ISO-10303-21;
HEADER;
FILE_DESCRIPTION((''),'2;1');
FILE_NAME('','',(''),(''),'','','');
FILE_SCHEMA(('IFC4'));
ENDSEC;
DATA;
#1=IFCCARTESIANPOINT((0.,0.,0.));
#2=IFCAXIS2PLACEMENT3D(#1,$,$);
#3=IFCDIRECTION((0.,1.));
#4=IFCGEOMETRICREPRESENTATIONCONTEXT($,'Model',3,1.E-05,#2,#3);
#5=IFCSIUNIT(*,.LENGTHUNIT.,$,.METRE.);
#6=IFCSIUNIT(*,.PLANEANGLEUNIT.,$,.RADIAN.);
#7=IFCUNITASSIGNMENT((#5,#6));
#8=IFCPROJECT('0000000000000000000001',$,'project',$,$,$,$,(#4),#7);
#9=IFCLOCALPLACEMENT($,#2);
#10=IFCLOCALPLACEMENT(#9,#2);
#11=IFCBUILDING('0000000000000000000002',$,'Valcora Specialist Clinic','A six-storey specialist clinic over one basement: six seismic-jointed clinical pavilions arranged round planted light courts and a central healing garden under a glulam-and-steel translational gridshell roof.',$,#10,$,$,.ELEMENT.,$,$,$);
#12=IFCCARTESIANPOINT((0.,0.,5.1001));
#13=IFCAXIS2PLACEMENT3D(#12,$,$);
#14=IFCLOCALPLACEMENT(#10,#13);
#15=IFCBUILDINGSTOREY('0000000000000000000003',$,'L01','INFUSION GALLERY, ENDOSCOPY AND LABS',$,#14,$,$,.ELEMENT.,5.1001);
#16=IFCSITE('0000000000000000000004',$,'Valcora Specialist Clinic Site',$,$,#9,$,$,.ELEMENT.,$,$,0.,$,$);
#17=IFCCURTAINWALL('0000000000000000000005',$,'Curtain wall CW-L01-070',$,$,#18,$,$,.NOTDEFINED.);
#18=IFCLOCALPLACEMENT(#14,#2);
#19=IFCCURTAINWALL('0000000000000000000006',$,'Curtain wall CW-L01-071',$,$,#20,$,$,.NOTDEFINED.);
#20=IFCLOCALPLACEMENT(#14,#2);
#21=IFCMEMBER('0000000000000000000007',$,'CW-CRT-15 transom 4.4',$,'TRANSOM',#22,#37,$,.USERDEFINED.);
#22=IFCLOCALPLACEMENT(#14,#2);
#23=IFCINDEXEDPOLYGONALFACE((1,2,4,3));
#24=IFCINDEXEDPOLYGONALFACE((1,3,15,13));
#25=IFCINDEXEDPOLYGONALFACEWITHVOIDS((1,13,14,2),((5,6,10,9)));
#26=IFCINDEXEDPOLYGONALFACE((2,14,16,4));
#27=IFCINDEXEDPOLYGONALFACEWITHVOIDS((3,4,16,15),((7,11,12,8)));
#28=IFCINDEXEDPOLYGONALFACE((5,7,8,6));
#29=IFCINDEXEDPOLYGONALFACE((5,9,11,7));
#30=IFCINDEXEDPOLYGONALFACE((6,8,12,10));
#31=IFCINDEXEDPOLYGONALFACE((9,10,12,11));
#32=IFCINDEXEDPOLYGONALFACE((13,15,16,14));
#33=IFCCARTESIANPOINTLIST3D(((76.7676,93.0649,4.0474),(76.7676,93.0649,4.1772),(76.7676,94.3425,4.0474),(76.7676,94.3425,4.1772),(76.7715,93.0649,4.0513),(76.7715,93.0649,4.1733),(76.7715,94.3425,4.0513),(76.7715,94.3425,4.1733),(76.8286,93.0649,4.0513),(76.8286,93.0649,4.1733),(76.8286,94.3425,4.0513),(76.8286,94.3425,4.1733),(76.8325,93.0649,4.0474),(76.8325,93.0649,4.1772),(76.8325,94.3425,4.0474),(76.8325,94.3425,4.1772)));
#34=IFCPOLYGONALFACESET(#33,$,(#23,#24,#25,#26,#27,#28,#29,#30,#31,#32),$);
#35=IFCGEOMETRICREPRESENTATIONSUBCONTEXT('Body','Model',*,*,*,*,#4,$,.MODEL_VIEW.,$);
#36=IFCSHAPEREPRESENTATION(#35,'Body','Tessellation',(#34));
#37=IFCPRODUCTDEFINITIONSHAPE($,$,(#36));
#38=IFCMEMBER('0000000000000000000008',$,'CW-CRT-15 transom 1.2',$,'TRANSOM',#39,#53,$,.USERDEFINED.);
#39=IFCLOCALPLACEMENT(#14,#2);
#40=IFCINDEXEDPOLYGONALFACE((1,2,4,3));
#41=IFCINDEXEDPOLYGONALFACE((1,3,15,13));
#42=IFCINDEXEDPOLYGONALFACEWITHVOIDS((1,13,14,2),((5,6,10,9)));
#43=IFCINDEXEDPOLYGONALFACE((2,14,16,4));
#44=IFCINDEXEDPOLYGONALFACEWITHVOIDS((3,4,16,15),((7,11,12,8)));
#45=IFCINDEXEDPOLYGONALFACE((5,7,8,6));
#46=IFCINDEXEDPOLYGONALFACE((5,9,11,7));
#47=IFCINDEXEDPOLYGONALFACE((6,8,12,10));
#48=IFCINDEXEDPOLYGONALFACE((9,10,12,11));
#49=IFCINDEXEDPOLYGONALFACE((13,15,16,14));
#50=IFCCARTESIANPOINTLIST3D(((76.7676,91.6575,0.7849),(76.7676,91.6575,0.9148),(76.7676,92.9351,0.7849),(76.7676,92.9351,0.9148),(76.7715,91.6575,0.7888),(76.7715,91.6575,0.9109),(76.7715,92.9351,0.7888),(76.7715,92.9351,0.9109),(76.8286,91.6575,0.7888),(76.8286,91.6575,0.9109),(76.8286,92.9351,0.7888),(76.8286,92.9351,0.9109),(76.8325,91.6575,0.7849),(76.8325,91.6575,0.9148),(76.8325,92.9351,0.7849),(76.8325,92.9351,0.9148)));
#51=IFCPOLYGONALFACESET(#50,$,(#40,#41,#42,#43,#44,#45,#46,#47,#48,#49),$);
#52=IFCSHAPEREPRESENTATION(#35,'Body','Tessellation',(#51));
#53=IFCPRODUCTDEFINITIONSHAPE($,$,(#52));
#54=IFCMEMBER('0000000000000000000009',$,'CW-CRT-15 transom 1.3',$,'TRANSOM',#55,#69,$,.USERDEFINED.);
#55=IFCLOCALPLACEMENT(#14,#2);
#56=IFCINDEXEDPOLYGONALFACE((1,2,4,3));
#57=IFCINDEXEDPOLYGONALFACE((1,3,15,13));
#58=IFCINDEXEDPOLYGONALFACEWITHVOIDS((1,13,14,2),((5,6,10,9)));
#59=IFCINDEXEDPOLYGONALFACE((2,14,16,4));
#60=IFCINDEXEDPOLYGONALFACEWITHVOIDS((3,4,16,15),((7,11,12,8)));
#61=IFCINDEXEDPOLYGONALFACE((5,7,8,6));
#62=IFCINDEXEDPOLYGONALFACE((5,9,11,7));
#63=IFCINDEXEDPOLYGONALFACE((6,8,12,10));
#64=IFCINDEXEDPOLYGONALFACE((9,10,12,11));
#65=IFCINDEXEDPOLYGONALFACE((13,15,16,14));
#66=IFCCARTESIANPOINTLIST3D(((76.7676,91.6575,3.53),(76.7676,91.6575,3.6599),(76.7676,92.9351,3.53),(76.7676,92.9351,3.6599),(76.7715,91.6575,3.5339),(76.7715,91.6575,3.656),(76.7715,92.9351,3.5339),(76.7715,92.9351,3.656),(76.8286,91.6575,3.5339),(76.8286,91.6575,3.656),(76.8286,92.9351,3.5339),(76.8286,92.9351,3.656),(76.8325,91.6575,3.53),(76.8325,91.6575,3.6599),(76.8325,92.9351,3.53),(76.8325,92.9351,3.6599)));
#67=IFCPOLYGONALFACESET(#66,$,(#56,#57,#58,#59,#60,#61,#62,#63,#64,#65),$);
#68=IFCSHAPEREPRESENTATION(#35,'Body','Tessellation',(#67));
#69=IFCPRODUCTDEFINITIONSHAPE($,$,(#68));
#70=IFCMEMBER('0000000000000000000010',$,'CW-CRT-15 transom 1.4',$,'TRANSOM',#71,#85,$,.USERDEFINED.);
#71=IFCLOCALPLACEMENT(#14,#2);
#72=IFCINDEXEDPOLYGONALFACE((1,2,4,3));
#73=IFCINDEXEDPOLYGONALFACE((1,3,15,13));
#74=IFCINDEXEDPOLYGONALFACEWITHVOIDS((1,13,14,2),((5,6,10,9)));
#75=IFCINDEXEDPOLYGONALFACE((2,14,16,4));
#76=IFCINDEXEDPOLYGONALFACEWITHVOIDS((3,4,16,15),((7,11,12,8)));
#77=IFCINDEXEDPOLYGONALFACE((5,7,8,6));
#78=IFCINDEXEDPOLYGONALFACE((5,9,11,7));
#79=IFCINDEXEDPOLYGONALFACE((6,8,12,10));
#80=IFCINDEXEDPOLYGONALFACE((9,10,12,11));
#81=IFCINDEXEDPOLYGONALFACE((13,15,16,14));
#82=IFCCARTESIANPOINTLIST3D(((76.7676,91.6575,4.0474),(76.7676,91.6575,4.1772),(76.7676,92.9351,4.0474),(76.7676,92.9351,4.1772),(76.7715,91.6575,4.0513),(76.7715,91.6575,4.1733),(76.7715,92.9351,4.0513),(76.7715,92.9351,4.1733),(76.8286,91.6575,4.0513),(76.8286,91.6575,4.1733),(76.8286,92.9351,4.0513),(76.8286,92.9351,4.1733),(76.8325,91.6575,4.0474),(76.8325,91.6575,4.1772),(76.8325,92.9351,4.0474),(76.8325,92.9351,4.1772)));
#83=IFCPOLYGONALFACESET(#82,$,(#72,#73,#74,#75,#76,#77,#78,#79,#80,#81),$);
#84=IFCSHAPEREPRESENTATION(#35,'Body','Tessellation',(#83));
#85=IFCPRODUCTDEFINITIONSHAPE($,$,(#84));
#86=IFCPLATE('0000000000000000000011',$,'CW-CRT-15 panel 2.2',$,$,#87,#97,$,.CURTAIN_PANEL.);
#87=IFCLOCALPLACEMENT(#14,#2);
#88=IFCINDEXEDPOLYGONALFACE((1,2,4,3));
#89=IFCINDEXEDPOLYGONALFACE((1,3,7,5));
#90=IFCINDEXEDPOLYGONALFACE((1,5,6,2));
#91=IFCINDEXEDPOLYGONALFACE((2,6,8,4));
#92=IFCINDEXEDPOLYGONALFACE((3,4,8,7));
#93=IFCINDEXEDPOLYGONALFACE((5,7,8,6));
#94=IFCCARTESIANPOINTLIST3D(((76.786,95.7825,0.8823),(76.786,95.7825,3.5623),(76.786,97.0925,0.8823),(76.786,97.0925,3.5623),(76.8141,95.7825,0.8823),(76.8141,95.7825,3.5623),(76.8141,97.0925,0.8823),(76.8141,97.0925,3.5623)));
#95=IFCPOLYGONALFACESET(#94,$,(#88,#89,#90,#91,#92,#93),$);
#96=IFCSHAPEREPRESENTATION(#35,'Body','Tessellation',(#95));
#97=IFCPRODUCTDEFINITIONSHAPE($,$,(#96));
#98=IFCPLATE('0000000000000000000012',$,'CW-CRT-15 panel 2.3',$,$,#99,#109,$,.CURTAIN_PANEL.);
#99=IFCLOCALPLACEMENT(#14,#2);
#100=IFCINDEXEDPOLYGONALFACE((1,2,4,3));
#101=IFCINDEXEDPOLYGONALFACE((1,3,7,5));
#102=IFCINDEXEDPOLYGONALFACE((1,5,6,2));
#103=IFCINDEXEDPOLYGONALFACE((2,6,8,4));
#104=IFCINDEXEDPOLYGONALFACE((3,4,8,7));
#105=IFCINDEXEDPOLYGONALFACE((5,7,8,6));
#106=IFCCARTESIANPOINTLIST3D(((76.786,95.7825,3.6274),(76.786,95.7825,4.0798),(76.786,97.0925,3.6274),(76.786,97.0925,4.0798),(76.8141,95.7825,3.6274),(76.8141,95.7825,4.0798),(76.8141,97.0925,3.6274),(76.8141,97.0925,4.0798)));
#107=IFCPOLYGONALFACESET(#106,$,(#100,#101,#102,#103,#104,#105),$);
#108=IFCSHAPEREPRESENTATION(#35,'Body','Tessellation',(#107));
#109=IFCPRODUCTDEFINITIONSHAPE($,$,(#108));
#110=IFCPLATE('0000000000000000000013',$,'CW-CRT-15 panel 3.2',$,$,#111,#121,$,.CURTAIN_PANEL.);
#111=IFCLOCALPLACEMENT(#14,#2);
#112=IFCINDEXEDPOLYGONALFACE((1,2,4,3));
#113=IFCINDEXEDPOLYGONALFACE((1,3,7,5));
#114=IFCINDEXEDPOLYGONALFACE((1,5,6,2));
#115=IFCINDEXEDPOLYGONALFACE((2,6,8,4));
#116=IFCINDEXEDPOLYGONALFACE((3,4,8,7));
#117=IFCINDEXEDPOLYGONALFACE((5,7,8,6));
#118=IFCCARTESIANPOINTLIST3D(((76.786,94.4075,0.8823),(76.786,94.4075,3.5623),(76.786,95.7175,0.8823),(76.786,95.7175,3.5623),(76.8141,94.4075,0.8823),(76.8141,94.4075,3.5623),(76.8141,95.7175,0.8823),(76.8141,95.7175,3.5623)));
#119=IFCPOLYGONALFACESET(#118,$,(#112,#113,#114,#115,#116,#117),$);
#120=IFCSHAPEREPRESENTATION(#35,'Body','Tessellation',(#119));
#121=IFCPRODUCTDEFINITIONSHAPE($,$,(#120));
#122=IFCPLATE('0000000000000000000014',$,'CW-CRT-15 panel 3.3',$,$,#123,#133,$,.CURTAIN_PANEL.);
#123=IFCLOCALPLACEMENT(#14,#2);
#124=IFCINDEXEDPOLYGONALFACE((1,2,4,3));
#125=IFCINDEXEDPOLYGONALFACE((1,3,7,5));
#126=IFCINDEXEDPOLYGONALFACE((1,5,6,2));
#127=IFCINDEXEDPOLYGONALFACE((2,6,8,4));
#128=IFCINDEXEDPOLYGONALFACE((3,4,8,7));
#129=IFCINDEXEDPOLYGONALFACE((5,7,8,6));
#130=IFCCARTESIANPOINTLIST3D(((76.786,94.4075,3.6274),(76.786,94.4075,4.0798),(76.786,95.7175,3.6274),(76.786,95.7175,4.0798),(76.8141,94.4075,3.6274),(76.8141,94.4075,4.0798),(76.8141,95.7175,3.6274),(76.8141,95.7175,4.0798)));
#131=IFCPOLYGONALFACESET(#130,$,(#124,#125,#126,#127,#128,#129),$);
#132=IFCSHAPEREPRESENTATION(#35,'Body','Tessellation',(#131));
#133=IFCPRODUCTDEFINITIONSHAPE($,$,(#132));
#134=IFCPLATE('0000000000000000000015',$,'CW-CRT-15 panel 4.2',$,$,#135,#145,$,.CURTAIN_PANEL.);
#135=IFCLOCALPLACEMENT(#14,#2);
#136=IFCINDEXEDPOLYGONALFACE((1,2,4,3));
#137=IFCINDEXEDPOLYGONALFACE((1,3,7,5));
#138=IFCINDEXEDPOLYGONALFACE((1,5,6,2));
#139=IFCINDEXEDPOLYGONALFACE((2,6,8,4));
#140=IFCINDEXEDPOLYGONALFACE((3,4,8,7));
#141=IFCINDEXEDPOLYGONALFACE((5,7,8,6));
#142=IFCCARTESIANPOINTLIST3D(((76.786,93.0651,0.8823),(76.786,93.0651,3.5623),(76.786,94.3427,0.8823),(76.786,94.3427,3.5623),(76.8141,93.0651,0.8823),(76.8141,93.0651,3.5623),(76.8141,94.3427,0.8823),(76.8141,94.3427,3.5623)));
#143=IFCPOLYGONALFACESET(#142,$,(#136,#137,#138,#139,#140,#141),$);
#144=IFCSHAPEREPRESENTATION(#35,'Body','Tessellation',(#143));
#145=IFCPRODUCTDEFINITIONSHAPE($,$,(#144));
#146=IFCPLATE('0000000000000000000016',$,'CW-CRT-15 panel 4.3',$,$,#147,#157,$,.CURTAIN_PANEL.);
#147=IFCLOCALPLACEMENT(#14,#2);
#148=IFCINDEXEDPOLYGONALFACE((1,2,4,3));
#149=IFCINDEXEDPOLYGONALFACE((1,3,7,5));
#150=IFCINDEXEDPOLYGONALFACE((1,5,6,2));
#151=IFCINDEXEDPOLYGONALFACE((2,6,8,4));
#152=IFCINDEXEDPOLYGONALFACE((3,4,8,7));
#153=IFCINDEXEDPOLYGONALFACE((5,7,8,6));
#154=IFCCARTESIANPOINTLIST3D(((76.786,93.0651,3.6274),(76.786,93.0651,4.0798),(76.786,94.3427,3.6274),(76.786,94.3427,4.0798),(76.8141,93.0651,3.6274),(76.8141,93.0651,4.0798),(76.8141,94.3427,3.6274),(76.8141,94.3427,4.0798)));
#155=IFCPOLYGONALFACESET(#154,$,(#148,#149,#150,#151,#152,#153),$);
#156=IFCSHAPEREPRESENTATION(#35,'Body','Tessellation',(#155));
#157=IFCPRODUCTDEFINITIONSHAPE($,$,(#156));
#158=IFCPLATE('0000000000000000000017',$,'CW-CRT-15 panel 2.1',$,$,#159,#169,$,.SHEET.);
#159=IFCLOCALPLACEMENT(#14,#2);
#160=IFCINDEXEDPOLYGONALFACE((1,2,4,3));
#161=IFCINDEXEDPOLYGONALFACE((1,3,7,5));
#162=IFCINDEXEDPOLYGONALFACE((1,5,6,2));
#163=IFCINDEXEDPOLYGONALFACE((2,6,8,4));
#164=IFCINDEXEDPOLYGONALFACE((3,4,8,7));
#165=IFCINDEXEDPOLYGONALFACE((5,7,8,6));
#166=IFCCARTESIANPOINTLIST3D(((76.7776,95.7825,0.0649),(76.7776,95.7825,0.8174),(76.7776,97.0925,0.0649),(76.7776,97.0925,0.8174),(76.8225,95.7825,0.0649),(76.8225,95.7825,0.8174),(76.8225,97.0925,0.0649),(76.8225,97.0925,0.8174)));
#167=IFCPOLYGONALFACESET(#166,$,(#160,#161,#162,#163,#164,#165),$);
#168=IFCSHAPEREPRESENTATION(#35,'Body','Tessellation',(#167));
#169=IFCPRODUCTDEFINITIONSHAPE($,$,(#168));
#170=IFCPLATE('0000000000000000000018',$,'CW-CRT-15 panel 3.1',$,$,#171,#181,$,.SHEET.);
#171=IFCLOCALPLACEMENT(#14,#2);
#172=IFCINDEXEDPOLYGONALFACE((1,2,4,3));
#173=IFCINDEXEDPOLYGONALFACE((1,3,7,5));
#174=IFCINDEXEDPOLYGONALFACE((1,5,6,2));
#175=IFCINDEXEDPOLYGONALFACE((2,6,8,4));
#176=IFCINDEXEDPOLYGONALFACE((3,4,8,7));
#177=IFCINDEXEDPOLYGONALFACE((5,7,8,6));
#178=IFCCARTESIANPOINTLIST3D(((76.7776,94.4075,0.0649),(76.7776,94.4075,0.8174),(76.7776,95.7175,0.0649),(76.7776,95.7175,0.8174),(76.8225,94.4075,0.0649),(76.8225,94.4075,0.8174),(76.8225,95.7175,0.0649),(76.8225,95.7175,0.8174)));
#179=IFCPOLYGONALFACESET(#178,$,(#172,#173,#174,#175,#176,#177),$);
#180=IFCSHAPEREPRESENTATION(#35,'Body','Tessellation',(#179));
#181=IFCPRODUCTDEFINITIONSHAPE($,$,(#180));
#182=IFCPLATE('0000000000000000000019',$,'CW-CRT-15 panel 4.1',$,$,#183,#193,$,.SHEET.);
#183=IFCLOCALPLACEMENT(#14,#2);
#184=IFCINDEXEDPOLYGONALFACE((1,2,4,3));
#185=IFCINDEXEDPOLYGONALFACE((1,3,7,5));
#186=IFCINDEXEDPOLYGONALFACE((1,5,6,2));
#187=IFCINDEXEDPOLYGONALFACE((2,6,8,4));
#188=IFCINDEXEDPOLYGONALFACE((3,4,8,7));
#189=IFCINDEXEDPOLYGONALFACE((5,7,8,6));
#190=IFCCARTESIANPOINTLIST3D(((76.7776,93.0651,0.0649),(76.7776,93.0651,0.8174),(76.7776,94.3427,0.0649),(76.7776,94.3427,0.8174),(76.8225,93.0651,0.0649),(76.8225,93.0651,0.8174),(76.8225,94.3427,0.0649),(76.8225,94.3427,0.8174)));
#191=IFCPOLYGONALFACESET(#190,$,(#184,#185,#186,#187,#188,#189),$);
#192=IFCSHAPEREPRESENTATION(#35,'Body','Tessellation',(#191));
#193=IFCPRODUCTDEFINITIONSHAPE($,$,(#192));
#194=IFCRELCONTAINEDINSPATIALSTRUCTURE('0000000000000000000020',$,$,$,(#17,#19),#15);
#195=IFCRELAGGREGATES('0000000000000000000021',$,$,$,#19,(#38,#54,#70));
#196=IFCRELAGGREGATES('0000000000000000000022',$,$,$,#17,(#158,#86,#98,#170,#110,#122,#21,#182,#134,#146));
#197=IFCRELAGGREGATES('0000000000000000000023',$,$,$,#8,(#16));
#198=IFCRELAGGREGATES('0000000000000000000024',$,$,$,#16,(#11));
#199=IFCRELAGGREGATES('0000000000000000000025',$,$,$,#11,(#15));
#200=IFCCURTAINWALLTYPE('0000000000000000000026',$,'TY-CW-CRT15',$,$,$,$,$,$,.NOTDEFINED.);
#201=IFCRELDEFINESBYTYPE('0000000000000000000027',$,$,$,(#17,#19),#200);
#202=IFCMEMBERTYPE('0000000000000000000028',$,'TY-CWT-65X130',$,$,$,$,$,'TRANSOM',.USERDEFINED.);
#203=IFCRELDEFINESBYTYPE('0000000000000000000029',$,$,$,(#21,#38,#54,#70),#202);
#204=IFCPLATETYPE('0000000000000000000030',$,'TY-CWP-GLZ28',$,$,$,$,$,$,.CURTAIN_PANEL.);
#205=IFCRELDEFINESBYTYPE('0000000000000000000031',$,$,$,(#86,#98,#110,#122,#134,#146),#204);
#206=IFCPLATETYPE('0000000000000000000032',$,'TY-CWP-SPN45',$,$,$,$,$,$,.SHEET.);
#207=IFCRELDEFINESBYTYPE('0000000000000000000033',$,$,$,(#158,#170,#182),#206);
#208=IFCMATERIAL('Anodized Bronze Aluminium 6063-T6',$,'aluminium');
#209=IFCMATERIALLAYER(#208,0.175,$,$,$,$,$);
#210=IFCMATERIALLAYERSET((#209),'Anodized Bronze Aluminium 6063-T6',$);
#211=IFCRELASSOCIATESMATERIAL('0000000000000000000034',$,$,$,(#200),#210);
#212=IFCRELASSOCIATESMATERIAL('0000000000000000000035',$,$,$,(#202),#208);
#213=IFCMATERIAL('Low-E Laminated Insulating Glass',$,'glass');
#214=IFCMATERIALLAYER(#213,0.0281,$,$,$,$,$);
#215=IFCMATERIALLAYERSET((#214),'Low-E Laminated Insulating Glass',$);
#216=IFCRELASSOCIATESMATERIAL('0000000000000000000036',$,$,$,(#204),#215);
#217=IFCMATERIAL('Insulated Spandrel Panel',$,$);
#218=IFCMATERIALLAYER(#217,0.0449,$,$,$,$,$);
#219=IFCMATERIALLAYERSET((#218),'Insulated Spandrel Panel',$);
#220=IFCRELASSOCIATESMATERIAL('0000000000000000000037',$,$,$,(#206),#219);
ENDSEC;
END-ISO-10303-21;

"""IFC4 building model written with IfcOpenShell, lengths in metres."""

from ifc_helpers import new_model, si_unit, direction, frame, origin, origin_2d, place, context, subcontext, project, spatial, rectangle, hollow_rectangle, extrude, material, layer, layer_set, material_profile, profile_set, type_object, element, aggregate, save


model = new_model("IFC4")

# Units and contexts
model_context = context("Model", 3, precision=1e-05, world=origin(), true_north=direction((0.0, 1.0)))
body_context = subcontext(model_context, "Body", "Model", "MODEL_VIEW")
ifc_project = project(units=[si_unit("LENGTHUNIT", "METRE"), si_unit("PLANEANGLEUNIT", "RADIAN")], contexts=[model_context])

# Site, building, storey
site_placement = place(None, origin())
site = spatial("IfcSite", under=ifc_project, at=site_placement, Name="Valcora Specialist Clinic Site", CompositionType="ELEMENT", RefElevation=0.0)
building_placement = place(site_placement, origin())
building = spatial("IfcBuilding", under=site, at=building_placement, Name="Valcora Specialist Clinic", Description="A six-storey specialist clinic over one basement: six seismic-jointed clinical pavilions arranged round planted light courts and a central healing garden under a glulam-and-steel translational gridshell roof.", CompositionType="ELEMENT")
storey_placement = place(building_placement, frame((0.0, 0.0, 5.1001)))
storey = spatial("IfcBuildingStorey", under=building, at=storey_placement, Name="L01", Description="INFUSION GALLERY, ENDOSCOPY AND LABS", CompositionType="ELEMENT", Elevation=5.1001)

# Curtain wall
ifc_material_1 = material(Name="Anodized Bronze Aluminium 6063-T6", Category="aluminium")
ifc_layer_1 = layer(ifc_material_1, 0.175)
ifc_layer_set_1 = layer_set([ifc_layer_1], Name="Anodized Bronze Aluminium 6063-T6")
curtain_wall_type = type_object("IfcCurtainWallType", Name="TY-CW-CRT15", PredefinedType="NOTDEFINED", material=ifc_layer_set_1)
curtain_wall_1_placement = place(storey_placement, origin())
curtain_wall_1 = element("IfcCurtainWall", 1, at=curtain_wall_1_placement, inside=storey, type_object=curtain_wall_type, Name="Curtain wall CW-L01-070", PredefinedType="NOTDEFINED")

# Curtain wall
curtain_wall_2_placement = place(storey_placement, origin())
curtain_wall_2 = element("IfcCurtainWall", 2, at=curtain_wall_2_placement, inside=storey, type_object=curtain_wall_type, Name="Curtain wall CW-L01-071", PredefinedType="NOTDEFINED")

# Members
ifc_material_profile_1 = material_profile(ifc_material_1, hollow_rectangle(XDim=0.0649, YDim=0.1299, WallThickness=0.0039, at=origin_2d()), Name="AL-TRN-65X130")
ifc_profile_set_1 = profile_set([ifc_material_profile_1], Name="Anodized Bronze Aluminium 6063-T6")
member_type_1 = type_object("IfcMemberType", Name="TY-CWT-65X130", ElementType="TRANSOM", PredefinedType="USERDEFINED", material=ifc_profile_set_1)
member_1_placement = place(storey_placement, frame((76.8, 94.3425, 4.1123), z_axis=(0.0, -1.0, 0.0), x_axis=(1.0, 0.0, 0.0)))
member_1 = element("IfcMember", 3, at=member_1_placement, type_object=member_type_1, Name="CW-CRT-15 transom 4.4", ObjectType="TRANSOM", PredefinedType="USERDEFINED", context=body_context, shape_type="SweptSolid", body=[
    extrude(hollow_rectangle(XDim=0.0649, YDim=0.1299, WallThickness=0.0039, at=origin_2d()), origin(), (0.0, 0.0, 1.0), 1.2776),
])
member_2_placement = place(storey_placement, frame((76.8, 92.9351, 0.8499), z_axis=(0.0, -1.0, 0.0), x_axis=(1.0, 0.0, 0.0)))
member_2 = element("IfcMember", 4, at=member_2_placement, type_object=member_type_1, Name="CW-CRT-15 transom 1.2", ObjectType="TRANSOM", PredefinedType="USERDEFINED", context=body_context, shape_type="SweptSolid", body=[
    extrude(hollow_rectangle(XDim=0.0649, YDim=0.1299, WallThickness=0.0039, at=origin_2d()), origin(), (0.0, 0.0, 1.0), 1.2776),
])
member_3_placement = place(storey_placement, frame((76.8, 92.9351, 3.595), z_axis=(0.0, -1.0, 0.0), x_axis=(1.0, 0.0, 0.0)))
member_3 = element("IfcMember", 5, at=member_3_placement, type_object=member_type_1, Name="CW-CRT-15 transom 1.3", ObjectType="TRANSOM", PredefinedType="USERDEFINED", context=body_context, shape_type="SweptSolid", body=[
    extrude(hollow_rectangle(XDim=0.0649, YDim=0.1299, WallThickness=0.0039, at=origin_2d()), origin(), (0.0, 0.0, 1.0), 1.2776),
])
member_4_placement = place(storey_placement, frame((76.8, 92.9351, 4.1123), z_axis=(0.0, -1.0, 0.0), x_axis=(1.0, 0.0, 0.0)))
member_4 = element("IfcMember", 6, at=member_4_placement, type_object=member_type_1, Name="CW-CRT-15 transom 1.4", ObjectType="TRANSOM", PredefinedType="USERDEFINED", context=body_context, shape_type="SweptSolid", body=[
    extrude(hollow_rectangle(XDim=0.0649, YDim=0.1299, WallThickness=0.0039, at=origin_2d()), origin(), (0.0, 0.0, 1.0), 1.2776),
])
aggregate(curtain_wall_2, [member_2, member_3, member_4])

# Plates
ifc_material_2 = material(Name="Low-E Laminated Insulating Glass", Category="glass")
ifc_layer_2 = layer(ifc_material_2, 0.0281)
ifc_layer_set_2 = layer_set([ifc_layer_2], Name="Low-E Laminated Insulating Glass")
plate_type_1 = type_object("IfcPlateType", Name="TY-CWP-GLZ28", PredefinedType="CURTAIN_PANEL", material=ifc_layer_set_2)
plate_1_placement = place(storey_placement, frame((76.8, 96.4375, 0.8823), z_axis=(0.0, 0.0, 1.0), x_axis=(0.0, -1.0, 0.0)))
plate_1 = element("IfcPlate", 7, at=plate_1_placement, type_object=plate_type_1, Name="CW-CRT-15 panel 2.2", PredefinedType="CURTAIN_PANEL", context=body_context, shape_type="SweptSolid", body=[
    extrude(rectangle(XDim=1.3101, YDim=0.0281, at=origin_2d()), origin(), (0.0, 0.0, 1.0), 2.6799),
])
plate_2_placement = place(storey_placement, frame((76.8, 96.4375, 3.6274), z_axis=(0.0, 0.0, 1.0), x_axis=(0.0, -1.0, 0.0)))
plate_2 = element("IfcPlate", 8, at=plate_2_placement, type_object=plate_type_1, Name="CW-CRT-15 panel 2.3", PredefinedType="CURTAIN_PANEL", context=body_context, shape_type="SweptSolid", body=[
    extrude(rectangle(XDim=1.3101, YDim=0.0281, at=origin_2d()), origin(), (0.0, 0.0, 1.0), 0.4524),
])
plate_3_placement = place(storey_placement, frame((76.8, 95.0625, 0.8823), z_axis=(0.0, 0.0, 1.0), x_axis=(0.0, -1.0, 0.0)))
plate_3 = element("IfcPlate", 9, at=plate_3_placement, type_object=plate_type_1, Name="CW-CRT-15 panel 3.2", PredefinedType="CURTAIN_PANEL", context=body_context, shape_type="SweptSolid", body=[
    extrude(rectangle(XDim=1.3101, YDim=0.0281, at=origin_2d()), origin(), (0.0, 0.0, 1.0), 2.6799),
])
plate_4_placement = place(storey_placement, frame((76.8, 95.0625, 3.6274), z_axis=(0.0, 0.0, 1.0), x_axis=(0.0, -1.0, 0.0)))
plate_4 = element("IfcPlate", 10, at=plate_4_placement, type_object=plate_type_1, Name="CW-CRT-15 panel 3.3", PredefinedType="CURTAIN_PANEL", context=body_context, shape_type="SweptSolid", body=[
    extrude(rectangle(XDim=1.3101, YDim=0.0281, at=origin_2d()), origin(), (0.0, 0.0, 1.0), 0.4524),
])
plate_5_placement = place(storey_placement, frame((76.8, 93.7039, 0.8823), z_axis=(0.0, 0.0, 1.0), x_axis=(0.0, -1.0, 0.0)))
plate_5 = element("IfcPlate", 11, at=plate_5_placement, type_object=plate_type_1, Name="CW-CRT-15 panel 4.2", PredefinedType="CURTAIN_PANEL", context=body_context, shape_type="SweptSolid", body=[
    extrude(rectangle(XDim=1.2776, YDim=0.0281, at=origin_2d()), origin(), (0.0, 0.0, 1.0), 2.6799),
])
plate_6_placement = place(storey_placement, frame((76.8, 93.7039, 3.6274), z_axis=(0.0, 0.0, 1.0), x_axis=(0.0, -1.0, 0.0)))
plate_6 = element("IfcPlate", 12, at=plate_6_placement, type_object=plate_type_1, Name="CW-CRT-15 panel 4.3", PredefinedType="CURTAIN_PANEL", context=body_context, shape_type="SweptSolid", body=[
    extrude(rectangle(XDim=1.2776, YDim=0.0281, at=origin_2d()), origin(), (0.0, 0.0, 1.0), 0.4524),
])
ifc_material_3 = material(Name="Insulated Spandrel Panel")
ifc_layer_3 = layer(ifc_material_3, 0.0449)
ifc_layer_set_3 = layer_set([ifc_layer_3], Name="Insulated Spandrel Panel")
plate_type_2 = type_object("IfcPlateType", Name="TY-CWP-SPN45", PredefinedType="SHEET", material=ifc_layer_set_3)
plate_7_placement = place(storey_placement, frame((76.8, 96.4375, 0.0649), z_axis=(0.0, 0.0, 1.0), x_axis=(0.0, -1.0, 0.0)))
plate_7 = element("IfcPlate", 13, at=plate_7_placement, type_object=plate_type_2, Name="CW-CRT-15 panel 2.1", PredefinedType="SHEET", context=body_context, shape_type="SweptSolid", body=[
    extrude(rectangle(XDim=1.3101, YDim=0.0449, at=origin_2d()), origin(), (0.0, 0.0, 1.0), 0.7524),
])
plate_8_placement = place(storey_placement, frame((76.8, 95.0625, 0.0649), z_axis=(0.0, 0.0, 1.0), x_axis=(0.0, -1.0, 0.0)))
plate_8 = element("IfcPlate", 14, at=plate_8_placement, type_object=plate_type_2, Name="CW-CRT-15 panel 3.1", PredefinedType="SHEET", context=body_context, shape_type="SweptSolid", body=[
    extrude(rectangle(XDim=1.3101, YDim=0.0449, at=origin_2d()), origin(), (0.0, 0.0, 1.0), 0.7524),
])
plate_9_placement = place(storey_placement, frame((76.8, 93.7039, 0.0649), z_axis=(0.0, 0.0, 1.0), x_axis=(0.0, -1.0, 0.0)))
plate_9 = element("IfcPlate", 15, at=plate_9_placement, type_object=plate_type_2, Name="CW-CRT-15 panel 4.1", PredefinedType="SHEET", context=body_context, shape_type="SweptSolid", body=[
    extrude(rectangle(XDim=1.2776, YDim=0.0449, at=origin_2d()), origin(), (0.0, 0.0, 1.0), 0.7524),
])
aggregate(curtain_wall_1, [plate_7, plate_1, plate_2, plate_8, plate_3, plate_4, member_1, plate_9, plate_5, plate_6])

save(model, "model.ifc")
